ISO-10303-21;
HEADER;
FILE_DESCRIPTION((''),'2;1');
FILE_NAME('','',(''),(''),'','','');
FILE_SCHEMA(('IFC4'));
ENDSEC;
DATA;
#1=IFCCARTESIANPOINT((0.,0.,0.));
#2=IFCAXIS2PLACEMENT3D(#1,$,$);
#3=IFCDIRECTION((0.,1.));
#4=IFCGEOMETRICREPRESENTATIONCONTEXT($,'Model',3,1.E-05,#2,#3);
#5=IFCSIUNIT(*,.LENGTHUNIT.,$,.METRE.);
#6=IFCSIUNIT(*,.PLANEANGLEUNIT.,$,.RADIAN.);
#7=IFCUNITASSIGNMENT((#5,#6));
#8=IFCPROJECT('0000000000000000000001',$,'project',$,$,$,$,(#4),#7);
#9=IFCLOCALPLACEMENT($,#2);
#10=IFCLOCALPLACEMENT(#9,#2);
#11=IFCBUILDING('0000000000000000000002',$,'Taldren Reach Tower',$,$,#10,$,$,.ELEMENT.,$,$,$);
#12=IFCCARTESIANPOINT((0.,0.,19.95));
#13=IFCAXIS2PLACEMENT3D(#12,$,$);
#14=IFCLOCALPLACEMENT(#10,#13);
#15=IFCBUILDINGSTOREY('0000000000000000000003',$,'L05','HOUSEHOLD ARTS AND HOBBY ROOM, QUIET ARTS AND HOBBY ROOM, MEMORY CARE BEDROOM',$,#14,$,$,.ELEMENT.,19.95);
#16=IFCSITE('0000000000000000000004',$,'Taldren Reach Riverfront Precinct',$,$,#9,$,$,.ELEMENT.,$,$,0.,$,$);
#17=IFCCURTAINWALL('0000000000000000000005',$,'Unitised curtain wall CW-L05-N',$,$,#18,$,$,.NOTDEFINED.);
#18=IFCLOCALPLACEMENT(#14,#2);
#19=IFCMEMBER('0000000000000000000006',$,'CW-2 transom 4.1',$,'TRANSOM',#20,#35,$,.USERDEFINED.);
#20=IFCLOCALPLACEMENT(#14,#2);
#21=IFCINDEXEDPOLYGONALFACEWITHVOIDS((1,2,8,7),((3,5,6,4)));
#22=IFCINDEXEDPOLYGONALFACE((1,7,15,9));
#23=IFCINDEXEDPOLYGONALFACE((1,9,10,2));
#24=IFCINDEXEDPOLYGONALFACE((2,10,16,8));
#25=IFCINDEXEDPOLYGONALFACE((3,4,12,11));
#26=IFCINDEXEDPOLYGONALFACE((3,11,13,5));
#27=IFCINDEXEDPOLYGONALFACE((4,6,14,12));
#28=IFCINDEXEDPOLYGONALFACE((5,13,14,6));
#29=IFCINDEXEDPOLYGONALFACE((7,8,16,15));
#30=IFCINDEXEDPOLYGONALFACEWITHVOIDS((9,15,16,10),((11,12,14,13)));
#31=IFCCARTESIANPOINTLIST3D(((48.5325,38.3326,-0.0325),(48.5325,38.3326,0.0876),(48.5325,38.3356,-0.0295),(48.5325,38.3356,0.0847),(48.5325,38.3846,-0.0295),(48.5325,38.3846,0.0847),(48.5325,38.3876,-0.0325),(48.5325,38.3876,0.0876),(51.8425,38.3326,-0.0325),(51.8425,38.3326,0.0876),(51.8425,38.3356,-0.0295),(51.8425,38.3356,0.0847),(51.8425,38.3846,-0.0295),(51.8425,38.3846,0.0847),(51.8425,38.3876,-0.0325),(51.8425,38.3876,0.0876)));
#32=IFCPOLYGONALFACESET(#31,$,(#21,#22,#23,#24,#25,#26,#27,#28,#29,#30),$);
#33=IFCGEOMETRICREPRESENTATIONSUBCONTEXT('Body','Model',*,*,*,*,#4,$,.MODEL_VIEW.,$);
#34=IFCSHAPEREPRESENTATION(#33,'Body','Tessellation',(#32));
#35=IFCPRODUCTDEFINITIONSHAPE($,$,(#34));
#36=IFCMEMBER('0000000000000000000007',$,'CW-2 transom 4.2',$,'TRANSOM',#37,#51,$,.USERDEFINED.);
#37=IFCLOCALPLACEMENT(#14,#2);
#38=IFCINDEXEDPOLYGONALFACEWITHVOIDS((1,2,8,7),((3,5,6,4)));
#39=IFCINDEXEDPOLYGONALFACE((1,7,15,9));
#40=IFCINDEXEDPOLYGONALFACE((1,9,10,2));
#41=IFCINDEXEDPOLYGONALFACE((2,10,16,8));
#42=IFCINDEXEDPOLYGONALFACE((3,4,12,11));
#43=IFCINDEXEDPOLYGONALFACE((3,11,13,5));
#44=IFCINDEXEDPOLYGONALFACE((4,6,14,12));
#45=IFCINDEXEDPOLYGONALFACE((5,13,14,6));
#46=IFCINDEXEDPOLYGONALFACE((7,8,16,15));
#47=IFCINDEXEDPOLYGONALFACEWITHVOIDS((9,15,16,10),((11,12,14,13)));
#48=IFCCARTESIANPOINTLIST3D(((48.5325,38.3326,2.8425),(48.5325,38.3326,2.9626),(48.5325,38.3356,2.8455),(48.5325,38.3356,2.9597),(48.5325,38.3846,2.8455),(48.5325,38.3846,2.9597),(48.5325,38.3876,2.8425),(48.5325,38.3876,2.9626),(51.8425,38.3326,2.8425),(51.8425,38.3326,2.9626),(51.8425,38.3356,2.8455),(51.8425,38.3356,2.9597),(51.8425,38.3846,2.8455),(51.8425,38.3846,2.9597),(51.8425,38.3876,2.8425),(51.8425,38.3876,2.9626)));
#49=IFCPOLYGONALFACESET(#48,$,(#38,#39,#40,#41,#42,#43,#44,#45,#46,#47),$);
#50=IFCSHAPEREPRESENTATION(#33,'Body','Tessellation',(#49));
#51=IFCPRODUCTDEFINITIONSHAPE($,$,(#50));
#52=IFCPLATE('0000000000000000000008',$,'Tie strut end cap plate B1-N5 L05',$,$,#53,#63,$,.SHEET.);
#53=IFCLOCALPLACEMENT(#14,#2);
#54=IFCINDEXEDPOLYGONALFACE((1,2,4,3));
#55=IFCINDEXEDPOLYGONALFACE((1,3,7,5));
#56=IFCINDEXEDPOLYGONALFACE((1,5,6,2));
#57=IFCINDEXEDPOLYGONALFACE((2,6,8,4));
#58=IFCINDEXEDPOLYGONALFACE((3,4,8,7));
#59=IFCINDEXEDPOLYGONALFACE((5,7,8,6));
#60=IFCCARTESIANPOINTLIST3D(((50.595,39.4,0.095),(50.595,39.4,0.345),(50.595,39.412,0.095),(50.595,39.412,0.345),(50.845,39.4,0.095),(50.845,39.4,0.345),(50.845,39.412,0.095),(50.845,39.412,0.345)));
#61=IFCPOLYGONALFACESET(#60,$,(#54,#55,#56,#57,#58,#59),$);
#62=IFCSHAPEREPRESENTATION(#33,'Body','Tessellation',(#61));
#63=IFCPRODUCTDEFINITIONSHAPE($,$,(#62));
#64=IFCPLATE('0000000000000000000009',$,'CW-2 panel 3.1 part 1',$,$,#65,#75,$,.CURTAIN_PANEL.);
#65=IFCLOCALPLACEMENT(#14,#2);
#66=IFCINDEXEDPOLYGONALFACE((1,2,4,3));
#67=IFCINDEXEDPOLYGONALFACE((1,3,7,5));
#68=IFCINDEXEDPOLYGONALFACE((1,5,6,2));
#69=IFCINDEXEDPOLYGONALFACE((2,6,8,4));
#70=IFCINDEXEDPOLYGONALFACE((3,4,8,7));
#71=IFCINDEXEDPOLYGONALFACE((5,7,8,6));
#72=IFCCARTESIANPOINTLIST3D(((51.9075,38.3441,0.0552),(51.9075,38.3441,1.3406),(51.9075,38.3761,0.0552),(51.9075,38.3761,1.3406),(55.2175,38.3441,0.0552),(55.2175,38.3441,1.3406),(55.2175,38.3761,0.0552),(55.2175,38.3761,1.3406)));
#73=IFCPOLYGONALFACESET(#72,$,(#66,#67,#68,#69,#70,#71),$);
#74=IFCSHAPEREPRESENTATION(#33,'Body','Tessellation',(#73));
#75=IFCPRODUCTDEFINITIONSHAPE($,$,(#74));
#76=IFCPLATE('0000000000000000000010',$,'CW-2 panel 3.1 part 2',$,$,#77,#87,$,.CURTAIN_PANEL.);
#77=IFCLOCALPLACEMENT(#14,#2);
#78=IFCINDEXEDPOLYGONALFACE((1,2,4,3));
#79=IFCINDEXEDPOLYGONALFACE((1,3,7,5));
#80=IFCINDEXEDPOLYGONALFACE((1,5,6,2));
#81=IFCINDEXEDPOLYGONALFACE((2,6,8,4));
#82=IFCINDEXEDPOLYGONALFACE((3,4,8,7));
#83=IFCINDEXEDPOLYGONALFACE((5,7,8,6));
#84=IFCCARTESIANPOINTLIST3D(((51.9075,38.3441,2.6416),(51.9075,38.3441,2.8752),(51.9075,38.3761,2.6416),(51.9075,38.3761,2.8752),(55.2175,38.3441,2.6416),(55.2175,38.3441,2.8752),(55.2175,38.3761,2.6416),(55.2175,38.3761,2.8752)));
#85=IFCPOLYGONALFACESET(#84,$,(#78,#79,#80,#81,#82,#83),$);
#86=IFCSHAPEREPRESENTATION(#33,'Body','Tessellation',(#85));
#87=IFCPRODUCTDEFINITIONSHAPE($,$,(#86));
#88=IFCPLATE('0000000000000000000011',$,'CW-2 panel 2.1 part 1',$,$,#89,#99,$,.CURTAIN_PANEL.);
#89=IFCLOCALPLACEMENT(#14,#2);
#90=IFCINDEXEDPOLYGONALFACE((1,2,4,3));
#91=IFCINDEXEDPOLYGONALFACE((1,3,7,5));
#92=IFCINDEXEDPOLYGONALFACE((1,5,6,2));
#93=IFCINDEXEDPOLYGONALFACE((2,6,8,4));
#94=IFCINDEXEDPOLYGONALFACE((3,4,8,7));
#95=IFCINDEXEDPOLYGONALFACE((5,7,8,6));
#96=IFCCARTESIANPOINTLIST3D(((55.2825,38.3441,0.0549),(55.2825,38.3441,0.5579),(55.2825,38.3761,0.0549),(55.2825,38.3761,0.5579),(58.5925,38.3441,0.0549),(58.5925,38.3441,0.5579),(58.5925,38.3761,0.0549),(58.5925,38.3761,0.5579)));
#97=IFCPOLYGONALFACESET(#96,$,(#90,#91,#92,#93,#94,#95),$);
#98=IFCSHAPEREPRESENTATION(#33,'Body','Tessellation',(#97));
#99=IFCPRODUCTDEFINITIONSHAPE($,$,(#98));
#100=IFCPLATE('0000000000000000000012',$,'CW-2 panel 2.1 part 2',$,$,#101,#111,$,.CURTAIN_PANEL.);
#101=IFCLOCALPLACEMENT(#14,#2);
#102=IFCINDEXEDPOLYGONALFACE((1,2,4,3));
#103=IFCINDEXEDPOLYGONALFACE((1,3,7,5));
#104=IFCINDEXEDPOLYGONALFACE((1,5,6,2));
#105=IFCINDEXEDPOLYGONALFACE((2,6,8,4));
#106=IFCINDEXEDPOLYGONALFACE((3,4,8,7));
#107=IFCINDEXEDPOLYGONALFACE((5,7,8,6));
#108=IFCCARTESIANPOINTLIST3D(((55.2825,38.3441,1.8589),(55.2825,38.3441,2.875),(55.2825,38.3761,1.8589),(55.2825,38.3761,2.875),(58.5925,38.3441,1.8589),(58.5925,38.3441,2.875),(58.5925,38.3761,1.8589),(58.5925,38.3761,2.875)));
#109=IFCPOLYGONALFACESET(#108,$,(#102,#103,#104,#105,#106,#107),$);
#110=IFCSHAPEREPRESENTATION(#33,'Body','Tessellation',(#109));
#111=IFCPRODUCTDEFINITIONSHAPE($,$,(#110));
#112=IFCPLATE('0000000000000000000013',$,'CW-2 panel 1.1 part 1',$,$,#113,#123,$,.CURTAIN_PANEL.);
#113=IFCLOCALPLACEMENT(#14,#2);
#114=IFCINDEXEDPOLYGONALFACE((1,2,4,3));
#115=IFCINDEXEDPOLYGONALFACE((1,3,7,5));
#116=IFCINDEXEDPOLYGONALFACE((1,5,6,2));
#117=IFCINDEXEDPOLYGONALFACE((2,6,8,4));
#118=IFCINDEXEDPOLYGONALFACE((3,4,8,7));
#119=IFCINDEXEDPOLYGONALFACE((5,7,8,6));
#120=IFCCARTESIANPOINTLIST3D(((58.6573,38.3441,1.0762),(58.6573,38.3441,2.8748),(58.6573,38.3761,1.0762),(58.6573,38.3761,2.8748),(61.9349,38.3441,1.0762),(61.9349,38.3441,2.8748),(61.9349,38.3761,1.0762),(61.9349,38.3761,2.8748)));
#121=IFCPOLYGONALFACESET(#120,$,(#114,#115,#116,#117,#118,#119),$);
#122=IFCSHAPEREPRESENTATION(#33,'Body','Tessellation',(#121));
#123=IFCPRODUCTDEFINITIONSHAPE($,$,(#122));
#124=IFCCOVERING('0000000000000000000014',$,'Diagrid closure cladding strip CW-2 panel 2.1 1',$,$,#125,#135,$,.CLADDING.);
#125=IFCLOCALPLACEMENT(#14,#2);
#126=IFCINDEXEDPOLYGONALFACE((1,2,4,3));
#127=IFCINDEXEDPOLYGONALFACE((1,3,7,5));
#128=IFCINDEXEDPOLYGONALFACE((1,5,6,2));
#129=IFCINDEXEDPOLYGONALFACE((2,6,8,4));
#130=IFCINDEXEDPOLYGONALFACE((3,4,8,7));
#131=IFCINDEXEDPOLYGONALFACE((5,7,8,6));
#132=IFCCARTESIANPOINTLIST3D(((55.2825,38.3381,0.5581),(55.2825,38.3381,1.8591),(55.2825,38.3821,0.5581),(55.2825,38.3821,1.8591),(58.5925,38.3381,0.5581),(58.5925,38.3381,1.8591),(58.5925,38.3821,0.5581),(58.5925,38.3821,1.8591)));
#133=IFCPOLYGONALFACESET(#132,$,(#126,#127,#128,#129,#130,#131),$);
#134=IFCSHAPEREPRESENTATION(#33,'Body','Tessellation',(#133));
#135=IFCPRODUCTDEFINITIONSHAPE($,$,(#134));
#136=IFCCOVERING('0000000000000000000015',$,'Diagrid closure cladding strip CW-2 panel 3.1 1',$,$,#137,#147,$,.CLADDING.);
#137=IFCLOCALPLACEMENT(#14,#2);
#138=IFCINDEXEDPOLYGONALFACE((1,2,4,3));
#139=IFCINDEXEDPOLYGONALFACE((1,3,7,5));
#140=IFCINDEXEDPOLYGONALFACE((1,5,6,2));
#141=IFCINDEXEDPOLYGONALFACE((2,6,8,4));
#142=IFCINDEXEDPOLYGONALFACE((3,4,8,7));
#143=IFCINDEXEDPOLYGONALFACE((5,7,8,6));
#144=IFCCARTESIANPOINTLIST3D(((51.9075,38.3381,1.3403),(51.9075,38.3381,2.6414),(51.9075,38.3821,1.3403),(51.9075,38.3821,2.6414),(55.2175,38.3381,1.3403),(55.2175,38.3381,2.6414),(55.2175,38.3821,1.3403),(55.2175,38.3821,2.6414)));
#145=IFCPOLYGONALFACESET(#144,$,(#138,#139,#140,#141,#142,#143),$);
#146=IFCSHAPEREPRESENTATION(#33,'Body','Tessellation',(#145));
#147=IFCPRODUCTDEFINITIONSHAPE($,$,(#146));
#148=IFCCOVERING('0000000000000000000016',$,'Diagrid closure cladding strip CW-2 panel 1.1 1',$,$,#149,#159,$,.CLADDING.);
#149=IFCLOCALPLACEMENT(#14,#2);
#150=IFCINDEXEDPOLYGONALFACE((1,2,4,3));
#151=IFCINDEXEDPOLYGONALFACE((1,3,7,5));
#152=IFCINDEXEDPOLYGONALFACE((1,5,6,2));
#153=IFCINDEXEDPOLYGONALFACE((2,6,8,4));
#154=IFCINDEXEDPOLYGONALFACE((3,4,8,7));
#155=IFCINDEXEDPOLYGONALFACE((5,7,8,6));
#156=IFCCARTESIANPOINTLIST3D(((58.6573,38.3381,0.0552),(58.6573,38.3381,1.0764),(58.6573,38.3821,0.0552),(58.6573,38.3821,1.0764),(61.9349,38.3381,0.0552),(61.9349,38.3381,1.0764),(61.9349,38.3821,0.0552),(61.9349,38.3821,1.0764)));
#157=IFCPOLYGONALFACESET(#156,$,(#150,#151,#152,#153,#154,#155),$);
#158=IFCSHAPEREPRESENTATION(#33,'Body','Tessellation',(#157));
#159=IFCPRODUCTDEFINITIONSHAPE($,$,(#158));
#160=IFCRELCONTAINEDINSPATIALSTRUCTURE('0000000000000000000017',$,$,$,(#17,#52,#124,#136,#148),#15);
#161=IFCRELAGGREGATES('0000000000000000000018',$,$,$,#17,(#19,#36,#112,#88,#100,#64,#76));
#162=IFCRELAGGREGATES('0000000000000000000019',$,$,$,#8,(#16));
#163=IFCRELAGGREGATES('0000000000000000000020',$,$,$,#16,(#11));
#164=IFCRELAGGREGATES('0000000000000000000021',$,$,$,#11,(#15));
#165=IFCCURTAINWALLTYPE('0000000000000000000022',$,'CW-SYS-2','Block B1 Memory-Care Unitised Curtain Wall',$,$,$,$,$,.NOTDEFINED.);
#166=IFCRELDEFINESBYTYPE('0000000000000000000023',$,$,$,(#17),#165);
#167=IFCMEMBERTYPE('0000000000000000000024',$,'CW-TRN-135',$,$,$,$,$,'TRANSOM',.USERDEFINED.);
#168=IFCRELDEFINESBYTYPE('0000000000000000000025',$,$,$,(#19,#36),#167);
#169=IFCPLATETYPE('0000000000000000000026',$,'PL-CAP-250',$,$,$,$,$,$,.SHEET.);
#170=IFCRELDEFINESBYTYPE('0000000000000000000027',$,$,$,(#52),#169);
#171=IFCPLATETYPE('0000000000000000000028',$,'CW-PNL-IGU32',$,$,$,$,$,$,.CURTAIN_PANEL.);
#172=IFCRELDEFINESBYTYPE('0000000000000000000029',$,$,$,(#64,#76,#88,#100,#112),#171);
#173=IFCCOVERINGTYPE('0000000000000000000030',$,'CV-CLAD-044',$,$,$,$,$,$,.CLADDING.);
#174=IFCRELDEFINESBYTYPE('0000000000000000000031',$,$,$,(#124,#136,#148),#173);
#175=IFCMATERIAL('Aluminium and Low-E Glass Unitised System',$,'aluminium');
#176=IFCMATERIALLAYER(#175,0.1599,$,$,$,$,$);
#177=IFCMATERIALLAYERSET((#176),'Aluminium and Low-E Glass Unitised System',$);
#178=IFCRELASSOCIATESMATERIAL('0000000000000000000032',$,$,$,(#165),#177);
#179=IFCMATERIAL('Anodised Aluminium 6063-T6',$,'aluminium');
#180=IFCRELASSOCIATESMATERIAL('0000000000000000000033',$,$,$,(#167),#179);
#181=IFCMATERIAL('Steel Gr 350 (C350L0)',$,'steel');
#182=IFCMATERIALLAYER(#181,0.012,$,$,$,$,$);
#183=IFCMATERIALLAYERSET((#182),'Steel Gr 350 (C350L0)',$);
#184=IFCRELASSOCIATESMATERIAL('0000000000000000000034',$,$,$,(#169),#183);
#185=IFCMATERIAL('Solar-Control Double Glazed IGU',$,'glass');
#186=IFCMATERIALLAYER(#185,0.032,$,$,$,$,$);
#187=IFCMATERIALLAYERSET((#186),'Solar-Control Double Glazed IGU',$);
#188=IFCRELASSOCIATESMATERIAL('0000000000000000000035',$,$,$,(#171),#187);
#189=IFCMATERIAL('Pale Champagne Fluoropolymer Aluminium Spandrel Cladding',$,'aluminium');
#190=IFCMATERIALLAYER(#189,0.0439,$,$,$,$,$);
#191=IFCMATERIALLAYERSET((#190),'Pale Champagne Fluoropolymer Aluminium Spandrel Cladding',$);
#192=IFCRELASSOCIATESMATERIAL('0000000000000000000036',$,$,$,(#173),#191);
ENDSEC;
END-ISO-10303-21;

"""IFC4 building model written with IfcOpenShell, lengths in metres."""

from ifc_helpers import new_model, si_unit, direction, frame, origin, origin_2d, place, context, subcontext, project, spatial, rectangle, hollow_rectangle, extrude, source, transform, mapped, material, layer, layer_set, material_profile, profile_set, type_object, element, aggregate, save


model = new_model("IFC4")

# Units and contexts
model_context = context("Model", 3, precision=1e-05, world=origin(), true_north=direction((0.0, 1.0)))
body_context = subcontext(model_context, "Body", "Model", "MODEL_VIEW")
ifc_project = project(units=[si_unit("LENGTHUNIT", "METRE"), si_unit("PLANEANGLEUNIT", "RADIAN")], contexts=[model_context])

# Site, building, storey
site_placement = place(None, origin())
site = spatial("IfcSite", under=ifc_project, at=site_placement, Name="Taldren Reach Riverfront Precinct", CompositionType="ELEMENT", RefElevation=0.0)
building_placement = place(site_placement, origin())
building = spatial("IfcBuilding", under=site, at=building_placement, Name="Taldren Reach Tower", CompositionType="ELEMENT")
storey_placement = place(building_placement, frame((0.0, 0.0, 19.95)))
storey = spatial("IfcBuildingStorey", under=building, at=storey_placement, Name="L05", Description="HOUSEHOLD ARTS AND HOBBY ROOM, QUIET ARTS AND HOBBY ROOM, MEMORY CARE BEDROOM", CompositionType="ELEMENT", Elevation=19.95)

# Shared definitions
ifc_material_1 = material(Name="Steel Gr 350 (C350L0)", Category="steel")

# Curtain wall, members
ifc_material_2 = material(Name="Aluminium and Low-E Glass Unitised System", Category="aluminium")
ifc_layer_1 = layer(ifc_material_2, 0.1599)
ifc_layer_set_1 = layer_set([ifc_layer_1], Name="Aluminium and Low-E Glass Unitised System")
curtain_wall_type = type_object("IfcCurtainWallType", Name="CW-SYS-2", Description="Block B1 Memory-Care Unitised Curtain Wall", PredefinedType="NOTDEFINED", material=ifc_layer_set_1)
curtain_wall_placement = place(storey_placement, origin())
curtain_wall = element("IfcCurtainWall", 1, at=curtain_wall_placement, inside=storey, type_object=curtain_wall_type, Name="Unitised curtain wall CW-L05-N", PredefinedType="NOTDEFINED")
ifc_material_3 = material(Name="Anodised Aluminium 6063-T6", Category="aluminium")
ifc_material_profile_1 = material_profile(ifc_material_3, hollow_rectangle(XDim=0.0549, YDim=0.1201, WallThickness=0.0029, at=origin_2d()), Name="ALU-120x55x3RHS")
ifc_profile_set_1 = profile_set([ifc_material_profile_1], Name="Anodised Aluminium 6063-T6")
member_type_1 = type_object("IfcMemberType", Name="CW-TRN-135", ElementType="TRANSOM", PredefinedType="USERDEFINED", material=ifc_profile_set_1)
shared_shape_1 = source(origin(), body_context, "Body", "SweptSolid", [
    extrude(hollow_rectangle(XDim=0.0549, YDim=0.1201, WallThickness=0.0029, at=origin_2d()), origin(), (0.0, 0.0, 1.0), 3.3101),
])
member_1_placement = place(storey_placement, frame((51.8425, 38.3601, 0.0276), z_axis=(-1.0, 0.0, 0.0), x_axis=(0.0, -1.0, 0.0)))
member_1 = element("IfcMember", 2, at=member_1_placement, type_object=member_type_1, Name="CW-2 transom 4.1", ObjectType="TRANSOM", PredefinedType="USERDEFINED", context=body_context, shape_type="MappedRepresentation", body=[
    mapped(shared_shape_1, transform((0.0, 0.0, 0.0), scale=1.0)),
])
member_2_placement = place(storey_placement, frame((51.8425, 38.3601, 2.9026), z_axis=(-1.0, 0.0, 0.0), x_axis=(0.0, -1.0, 0.0)))
member_2 = element("IfcMember", 3, at=member_2_placement, type_object=member_type_1, Name="CW-2 transom 4.2", ObjectType="TRANSOM", PredefinedType="USERDEFINED", context=body_context, shape_type="MappedRepresentation", body=[
    mapped(shared_shape_1, transform((0.0, 0.0, 0.0), scale=1.0)),
])

# Plates
ifc_layer_2 = layer(ifc_material_1, 0.012)
ifc_layer_set_2 = layer_set([ifc_layer_2], Name="Steel Gr 350 (C350L0)")
plate_type_1 = type_object("IfcPlateType", Name="PL-CAP-250", PredefinedType="SHEET", material=ifc_layer_set_2)
shared_shape_2 = source(origin(), body_context, "Body", "SweptSolid", [
    extrude(rectangle(XDim=0.25, YDim=0.012, at=origin_2d()), origin(), (0.0, 0.0, 1.0), 0.25),
])
plate_1_placement = place(storey_placement, frame((50.72, 39.406, 0.095), z_axis=(0.0, 0.0, 1.0), x_axis=(1.0, 0.0, 0.0)))
element("IfcPlate", 4, at=plate_1_placement, inside=storey, type_object=plate_type_1, Name="Tie strut end cap plate B1-N5 L05", PredefinedType="SHEET", context=body_context, shape_type="MappedRepresentation", body=[
    mapped(shared_shape_2, transform((0.0, 0.0, 0.0), scale=1.0)),
])
ifc_material_4 = material(Name="Solar-Control Double Glazed IGU", Category="glass")
ifc_layer_3 = layer(ifc_material_4, 0.032)
ifc_layer_set_3 = layer_set([ifc_layer_3], Name="Solar-Control Double Glazed IGU")
plate_type_2 = type_object("IfcPlateType", Name="CW-PNL-IGU32", PredefinedType="CURTAIN_PANEL", material=ifc_layer_set_3)
shared_shape_3 = source(origin(), body_context, "Body", "SweptSolid", [
    extrude(rectangle(XDim=3.3101, YDim=0.032, at=origin_2d()), origin(), (0.0, 0.0, 1.0), 1.2854),
])
plate_2_placement = place(storey_placement, frame((53.5625, 38.3601, 0.0552), z_axis=(0.0, 0.0, 1.0), x_axis=(-1.0, 0.0, 0.0)))
plate_2 = element("IfcPlate", 5, at=plate_2_placement, type_object=plate_type_2, Name="CW-2 panel 3.1 part 1", PredefinedType="CURTAIN_PANEL", context=body_context, shape_type="MappedRepresentation", body=[
    mapped(shared_shape_3, transform((0.0, 0.0, 0.0), scale=1.0)),
])
shared_shape_4 = source(origin(), body_context, "Body", "SweptSolid", [
    extrude(rectangle(XDim=3.3101, YDim=0.032, at=origin_2d()), origin(), (0.0, 0.0, 1.0), 0.2336),
])
plate_3_placement = place(storey_placement, frame((53.5625, 38.3601, 2.6416), z_axis=(0.0, 0.0, 1.0), x_axis=(-1.0, 0.0, 0.0)))
plate_3 = element("IfcPlate", 6, at=plate_3_placement, type_object=plate_type_2, Name="CW-2 panel 3.1 part 2", PredefinedType="CURTAIN_PANEL", context=body_context, shape_type="MappedRepresentation", body=[
    mapped(shared_shape_4, transform((0.0, 0.0, 0.0), scale=1.0)),
])
shared_shape_5 = source(origin(), body_context, "Body", "SweptSolid", [
    extrude(rectangle(XDim=3.3101, YDim=0.032, at=origin_2d()), origin(), (0.0, 0.0, 1.0), 0.5029),
])
plate_4_placement = place(storey_placement, frame((56.9375, 38.3601, 0.0549), z_axis=(0.0, 0.0, 1.0), x_axis=(-1.0, 0.0, 0.0)))
plate_4 = element("IfcPlate", 7, at=plate_4_placement, type_object=plate_type_2, Name="CW-2 panel 2.1 part 1", PredefinedType="CURTAIN_PANEL", context=body_context, shape_type="MappedRepresentation", body=[
    mapped(shared_shape_5, transform((0.0, 0.0, 0.0), scale=1.0)),
])
shared_shape_6 = source(origin(), body_context, "Body", "SweptSolid", [
    extrude(rectangle(XDim=3.3101, YDim=0.032, at=origin_2d()), origin(), (0.0, 0.0, 1.0), 1.0161),
])
plate_5_placement = place(storey_placement, frame((56.9375, 38.3601, 1.8589), z_axis=(0.0, 0.0, 1.0), x_axis=(-1.0, 0.0, 0.0)))
plate_5 = element("IfcPlate", 8, at=plate_5_placement, type_object=plate_type_2, Name="CW-2 panel 2.1 part 2", PredefinedType="CURTAIN_PANEL", context=body_context, shape_type="MappedRepresentation", body=[
    mapped(shared_shape_6, transform((0.0, 0.0, 0.0), scale=1.0)),
])
shared_shape_7 = source(origin(), body_context, "Body", "SweptSolid", [
    extrude(rectangle(XDim=3.2776, YDim=0.032, at=origin_2d()), origin(), (0.0, 0.0, 1.0), 1.7986),
])
plate_6_placement = place(storey_placement, frame((60.2961, 38.3601, 1.0762), z_axis=(0.0, 0.0, 1.0), x_axis=(-1.0, 0.0, 0.0)))
plate_6 = element("IfcPlate", 9, at=plate_6_placement, type_object=plate_type_2, Name="CW-2 panel 1.1 part 1", PredefinedType="CURTAIN_PANEL", context=body_context, shape_type="MappedRepresentation", body=[
    mapped(shared_shape_7, transform((0.0, 0.0, 0.0), scale=1.0)),
])
aggregate(curtain_wall, [member_1, member_2, plate_6, plate_4, plate_5, plate_2, plate_3])

# Coverings
ifc_material_5 = material(Name="Pale Champagne Fluoropolymer Aluminium Spandrel Cladding", Category="aluminium")
ifc_layer_4 = layer(ifc_material_5, 0.0439)
ifc_layer_set_4 = layer_set([ifc_layer_4], Name="Pale Champagne Fluoropolymer Aluminium Spandrel Cladding")
covering_type = type_object("IfcCoveringType", Name="CV-CLAD-044", PredefinedType="CLADDING", material=ifc_layer_set_4)
shared_shape_8 = source(origin(), body_context, "Body", "SweptSolid", [
    extrude(rectangle(XDim=3.3101, YDim=0.0439, at=origin_2d()), origin(), (0.0, 0.0, 1.0), 1.301),
])
for number, where, z_axis, x_axis, name in (
    (10, (56.9375, 38.3601, 0.5581), (0.0, 0.0, 1.0), (-1.0, 0.0, 0.0), "Diagrid closure cladding strip CW-2 panel 2.1 1"),
    (11, (53.5625, 38.3601, 1.3403), (0.0, 0.0, 1.0), (-1.0, 0.0, 0.0), "Diagrid closure cladding strip CW-2 panel 3.1 1"),
):
    element("IfcCovering", number, at=place(storey_placement, frame(where, z_axis=z_axis, x_axis=x_axis)), inside=storey, type_object=covering_type, Name=name, PredefinedType="CLADDING", context=body_context, shape_type="MappedRepresentation", body=[
        mapped(shared_shape_8, transform((0.0, 0.0, 0.0), scale=1.0)),
    ])
shared_shape_9 = source(origin(), body_context, "Body", "SweptSolid", [
    extrude(rectangle(XDim=3.2776, YDim=0.0439, at=origin_2d()), origin(), (0.0, 0.0, 1.0), 1.0212),
])
covering_placement = place(storey_placement, frame((60.2961, 38.3601, 0.0552), z_axis=(0.0, 0.0, 1.0), x_axis=(-1.0, 0.0, 0.0)))
element("IfcCovering", 12, at=covering_placement, inside=storey, type_object=covering_type, Name="Diagrid closure cladding strip CW-2 panel 1.1 1", PredefinedType="CLADDING", context=body_context, shape_type="MappedRepresentation", body=[
    mapped(shared_shape_9, transform((0.0, 0.0, 0.0), scale=1.0)),
])

save(model, "model.ifc")
